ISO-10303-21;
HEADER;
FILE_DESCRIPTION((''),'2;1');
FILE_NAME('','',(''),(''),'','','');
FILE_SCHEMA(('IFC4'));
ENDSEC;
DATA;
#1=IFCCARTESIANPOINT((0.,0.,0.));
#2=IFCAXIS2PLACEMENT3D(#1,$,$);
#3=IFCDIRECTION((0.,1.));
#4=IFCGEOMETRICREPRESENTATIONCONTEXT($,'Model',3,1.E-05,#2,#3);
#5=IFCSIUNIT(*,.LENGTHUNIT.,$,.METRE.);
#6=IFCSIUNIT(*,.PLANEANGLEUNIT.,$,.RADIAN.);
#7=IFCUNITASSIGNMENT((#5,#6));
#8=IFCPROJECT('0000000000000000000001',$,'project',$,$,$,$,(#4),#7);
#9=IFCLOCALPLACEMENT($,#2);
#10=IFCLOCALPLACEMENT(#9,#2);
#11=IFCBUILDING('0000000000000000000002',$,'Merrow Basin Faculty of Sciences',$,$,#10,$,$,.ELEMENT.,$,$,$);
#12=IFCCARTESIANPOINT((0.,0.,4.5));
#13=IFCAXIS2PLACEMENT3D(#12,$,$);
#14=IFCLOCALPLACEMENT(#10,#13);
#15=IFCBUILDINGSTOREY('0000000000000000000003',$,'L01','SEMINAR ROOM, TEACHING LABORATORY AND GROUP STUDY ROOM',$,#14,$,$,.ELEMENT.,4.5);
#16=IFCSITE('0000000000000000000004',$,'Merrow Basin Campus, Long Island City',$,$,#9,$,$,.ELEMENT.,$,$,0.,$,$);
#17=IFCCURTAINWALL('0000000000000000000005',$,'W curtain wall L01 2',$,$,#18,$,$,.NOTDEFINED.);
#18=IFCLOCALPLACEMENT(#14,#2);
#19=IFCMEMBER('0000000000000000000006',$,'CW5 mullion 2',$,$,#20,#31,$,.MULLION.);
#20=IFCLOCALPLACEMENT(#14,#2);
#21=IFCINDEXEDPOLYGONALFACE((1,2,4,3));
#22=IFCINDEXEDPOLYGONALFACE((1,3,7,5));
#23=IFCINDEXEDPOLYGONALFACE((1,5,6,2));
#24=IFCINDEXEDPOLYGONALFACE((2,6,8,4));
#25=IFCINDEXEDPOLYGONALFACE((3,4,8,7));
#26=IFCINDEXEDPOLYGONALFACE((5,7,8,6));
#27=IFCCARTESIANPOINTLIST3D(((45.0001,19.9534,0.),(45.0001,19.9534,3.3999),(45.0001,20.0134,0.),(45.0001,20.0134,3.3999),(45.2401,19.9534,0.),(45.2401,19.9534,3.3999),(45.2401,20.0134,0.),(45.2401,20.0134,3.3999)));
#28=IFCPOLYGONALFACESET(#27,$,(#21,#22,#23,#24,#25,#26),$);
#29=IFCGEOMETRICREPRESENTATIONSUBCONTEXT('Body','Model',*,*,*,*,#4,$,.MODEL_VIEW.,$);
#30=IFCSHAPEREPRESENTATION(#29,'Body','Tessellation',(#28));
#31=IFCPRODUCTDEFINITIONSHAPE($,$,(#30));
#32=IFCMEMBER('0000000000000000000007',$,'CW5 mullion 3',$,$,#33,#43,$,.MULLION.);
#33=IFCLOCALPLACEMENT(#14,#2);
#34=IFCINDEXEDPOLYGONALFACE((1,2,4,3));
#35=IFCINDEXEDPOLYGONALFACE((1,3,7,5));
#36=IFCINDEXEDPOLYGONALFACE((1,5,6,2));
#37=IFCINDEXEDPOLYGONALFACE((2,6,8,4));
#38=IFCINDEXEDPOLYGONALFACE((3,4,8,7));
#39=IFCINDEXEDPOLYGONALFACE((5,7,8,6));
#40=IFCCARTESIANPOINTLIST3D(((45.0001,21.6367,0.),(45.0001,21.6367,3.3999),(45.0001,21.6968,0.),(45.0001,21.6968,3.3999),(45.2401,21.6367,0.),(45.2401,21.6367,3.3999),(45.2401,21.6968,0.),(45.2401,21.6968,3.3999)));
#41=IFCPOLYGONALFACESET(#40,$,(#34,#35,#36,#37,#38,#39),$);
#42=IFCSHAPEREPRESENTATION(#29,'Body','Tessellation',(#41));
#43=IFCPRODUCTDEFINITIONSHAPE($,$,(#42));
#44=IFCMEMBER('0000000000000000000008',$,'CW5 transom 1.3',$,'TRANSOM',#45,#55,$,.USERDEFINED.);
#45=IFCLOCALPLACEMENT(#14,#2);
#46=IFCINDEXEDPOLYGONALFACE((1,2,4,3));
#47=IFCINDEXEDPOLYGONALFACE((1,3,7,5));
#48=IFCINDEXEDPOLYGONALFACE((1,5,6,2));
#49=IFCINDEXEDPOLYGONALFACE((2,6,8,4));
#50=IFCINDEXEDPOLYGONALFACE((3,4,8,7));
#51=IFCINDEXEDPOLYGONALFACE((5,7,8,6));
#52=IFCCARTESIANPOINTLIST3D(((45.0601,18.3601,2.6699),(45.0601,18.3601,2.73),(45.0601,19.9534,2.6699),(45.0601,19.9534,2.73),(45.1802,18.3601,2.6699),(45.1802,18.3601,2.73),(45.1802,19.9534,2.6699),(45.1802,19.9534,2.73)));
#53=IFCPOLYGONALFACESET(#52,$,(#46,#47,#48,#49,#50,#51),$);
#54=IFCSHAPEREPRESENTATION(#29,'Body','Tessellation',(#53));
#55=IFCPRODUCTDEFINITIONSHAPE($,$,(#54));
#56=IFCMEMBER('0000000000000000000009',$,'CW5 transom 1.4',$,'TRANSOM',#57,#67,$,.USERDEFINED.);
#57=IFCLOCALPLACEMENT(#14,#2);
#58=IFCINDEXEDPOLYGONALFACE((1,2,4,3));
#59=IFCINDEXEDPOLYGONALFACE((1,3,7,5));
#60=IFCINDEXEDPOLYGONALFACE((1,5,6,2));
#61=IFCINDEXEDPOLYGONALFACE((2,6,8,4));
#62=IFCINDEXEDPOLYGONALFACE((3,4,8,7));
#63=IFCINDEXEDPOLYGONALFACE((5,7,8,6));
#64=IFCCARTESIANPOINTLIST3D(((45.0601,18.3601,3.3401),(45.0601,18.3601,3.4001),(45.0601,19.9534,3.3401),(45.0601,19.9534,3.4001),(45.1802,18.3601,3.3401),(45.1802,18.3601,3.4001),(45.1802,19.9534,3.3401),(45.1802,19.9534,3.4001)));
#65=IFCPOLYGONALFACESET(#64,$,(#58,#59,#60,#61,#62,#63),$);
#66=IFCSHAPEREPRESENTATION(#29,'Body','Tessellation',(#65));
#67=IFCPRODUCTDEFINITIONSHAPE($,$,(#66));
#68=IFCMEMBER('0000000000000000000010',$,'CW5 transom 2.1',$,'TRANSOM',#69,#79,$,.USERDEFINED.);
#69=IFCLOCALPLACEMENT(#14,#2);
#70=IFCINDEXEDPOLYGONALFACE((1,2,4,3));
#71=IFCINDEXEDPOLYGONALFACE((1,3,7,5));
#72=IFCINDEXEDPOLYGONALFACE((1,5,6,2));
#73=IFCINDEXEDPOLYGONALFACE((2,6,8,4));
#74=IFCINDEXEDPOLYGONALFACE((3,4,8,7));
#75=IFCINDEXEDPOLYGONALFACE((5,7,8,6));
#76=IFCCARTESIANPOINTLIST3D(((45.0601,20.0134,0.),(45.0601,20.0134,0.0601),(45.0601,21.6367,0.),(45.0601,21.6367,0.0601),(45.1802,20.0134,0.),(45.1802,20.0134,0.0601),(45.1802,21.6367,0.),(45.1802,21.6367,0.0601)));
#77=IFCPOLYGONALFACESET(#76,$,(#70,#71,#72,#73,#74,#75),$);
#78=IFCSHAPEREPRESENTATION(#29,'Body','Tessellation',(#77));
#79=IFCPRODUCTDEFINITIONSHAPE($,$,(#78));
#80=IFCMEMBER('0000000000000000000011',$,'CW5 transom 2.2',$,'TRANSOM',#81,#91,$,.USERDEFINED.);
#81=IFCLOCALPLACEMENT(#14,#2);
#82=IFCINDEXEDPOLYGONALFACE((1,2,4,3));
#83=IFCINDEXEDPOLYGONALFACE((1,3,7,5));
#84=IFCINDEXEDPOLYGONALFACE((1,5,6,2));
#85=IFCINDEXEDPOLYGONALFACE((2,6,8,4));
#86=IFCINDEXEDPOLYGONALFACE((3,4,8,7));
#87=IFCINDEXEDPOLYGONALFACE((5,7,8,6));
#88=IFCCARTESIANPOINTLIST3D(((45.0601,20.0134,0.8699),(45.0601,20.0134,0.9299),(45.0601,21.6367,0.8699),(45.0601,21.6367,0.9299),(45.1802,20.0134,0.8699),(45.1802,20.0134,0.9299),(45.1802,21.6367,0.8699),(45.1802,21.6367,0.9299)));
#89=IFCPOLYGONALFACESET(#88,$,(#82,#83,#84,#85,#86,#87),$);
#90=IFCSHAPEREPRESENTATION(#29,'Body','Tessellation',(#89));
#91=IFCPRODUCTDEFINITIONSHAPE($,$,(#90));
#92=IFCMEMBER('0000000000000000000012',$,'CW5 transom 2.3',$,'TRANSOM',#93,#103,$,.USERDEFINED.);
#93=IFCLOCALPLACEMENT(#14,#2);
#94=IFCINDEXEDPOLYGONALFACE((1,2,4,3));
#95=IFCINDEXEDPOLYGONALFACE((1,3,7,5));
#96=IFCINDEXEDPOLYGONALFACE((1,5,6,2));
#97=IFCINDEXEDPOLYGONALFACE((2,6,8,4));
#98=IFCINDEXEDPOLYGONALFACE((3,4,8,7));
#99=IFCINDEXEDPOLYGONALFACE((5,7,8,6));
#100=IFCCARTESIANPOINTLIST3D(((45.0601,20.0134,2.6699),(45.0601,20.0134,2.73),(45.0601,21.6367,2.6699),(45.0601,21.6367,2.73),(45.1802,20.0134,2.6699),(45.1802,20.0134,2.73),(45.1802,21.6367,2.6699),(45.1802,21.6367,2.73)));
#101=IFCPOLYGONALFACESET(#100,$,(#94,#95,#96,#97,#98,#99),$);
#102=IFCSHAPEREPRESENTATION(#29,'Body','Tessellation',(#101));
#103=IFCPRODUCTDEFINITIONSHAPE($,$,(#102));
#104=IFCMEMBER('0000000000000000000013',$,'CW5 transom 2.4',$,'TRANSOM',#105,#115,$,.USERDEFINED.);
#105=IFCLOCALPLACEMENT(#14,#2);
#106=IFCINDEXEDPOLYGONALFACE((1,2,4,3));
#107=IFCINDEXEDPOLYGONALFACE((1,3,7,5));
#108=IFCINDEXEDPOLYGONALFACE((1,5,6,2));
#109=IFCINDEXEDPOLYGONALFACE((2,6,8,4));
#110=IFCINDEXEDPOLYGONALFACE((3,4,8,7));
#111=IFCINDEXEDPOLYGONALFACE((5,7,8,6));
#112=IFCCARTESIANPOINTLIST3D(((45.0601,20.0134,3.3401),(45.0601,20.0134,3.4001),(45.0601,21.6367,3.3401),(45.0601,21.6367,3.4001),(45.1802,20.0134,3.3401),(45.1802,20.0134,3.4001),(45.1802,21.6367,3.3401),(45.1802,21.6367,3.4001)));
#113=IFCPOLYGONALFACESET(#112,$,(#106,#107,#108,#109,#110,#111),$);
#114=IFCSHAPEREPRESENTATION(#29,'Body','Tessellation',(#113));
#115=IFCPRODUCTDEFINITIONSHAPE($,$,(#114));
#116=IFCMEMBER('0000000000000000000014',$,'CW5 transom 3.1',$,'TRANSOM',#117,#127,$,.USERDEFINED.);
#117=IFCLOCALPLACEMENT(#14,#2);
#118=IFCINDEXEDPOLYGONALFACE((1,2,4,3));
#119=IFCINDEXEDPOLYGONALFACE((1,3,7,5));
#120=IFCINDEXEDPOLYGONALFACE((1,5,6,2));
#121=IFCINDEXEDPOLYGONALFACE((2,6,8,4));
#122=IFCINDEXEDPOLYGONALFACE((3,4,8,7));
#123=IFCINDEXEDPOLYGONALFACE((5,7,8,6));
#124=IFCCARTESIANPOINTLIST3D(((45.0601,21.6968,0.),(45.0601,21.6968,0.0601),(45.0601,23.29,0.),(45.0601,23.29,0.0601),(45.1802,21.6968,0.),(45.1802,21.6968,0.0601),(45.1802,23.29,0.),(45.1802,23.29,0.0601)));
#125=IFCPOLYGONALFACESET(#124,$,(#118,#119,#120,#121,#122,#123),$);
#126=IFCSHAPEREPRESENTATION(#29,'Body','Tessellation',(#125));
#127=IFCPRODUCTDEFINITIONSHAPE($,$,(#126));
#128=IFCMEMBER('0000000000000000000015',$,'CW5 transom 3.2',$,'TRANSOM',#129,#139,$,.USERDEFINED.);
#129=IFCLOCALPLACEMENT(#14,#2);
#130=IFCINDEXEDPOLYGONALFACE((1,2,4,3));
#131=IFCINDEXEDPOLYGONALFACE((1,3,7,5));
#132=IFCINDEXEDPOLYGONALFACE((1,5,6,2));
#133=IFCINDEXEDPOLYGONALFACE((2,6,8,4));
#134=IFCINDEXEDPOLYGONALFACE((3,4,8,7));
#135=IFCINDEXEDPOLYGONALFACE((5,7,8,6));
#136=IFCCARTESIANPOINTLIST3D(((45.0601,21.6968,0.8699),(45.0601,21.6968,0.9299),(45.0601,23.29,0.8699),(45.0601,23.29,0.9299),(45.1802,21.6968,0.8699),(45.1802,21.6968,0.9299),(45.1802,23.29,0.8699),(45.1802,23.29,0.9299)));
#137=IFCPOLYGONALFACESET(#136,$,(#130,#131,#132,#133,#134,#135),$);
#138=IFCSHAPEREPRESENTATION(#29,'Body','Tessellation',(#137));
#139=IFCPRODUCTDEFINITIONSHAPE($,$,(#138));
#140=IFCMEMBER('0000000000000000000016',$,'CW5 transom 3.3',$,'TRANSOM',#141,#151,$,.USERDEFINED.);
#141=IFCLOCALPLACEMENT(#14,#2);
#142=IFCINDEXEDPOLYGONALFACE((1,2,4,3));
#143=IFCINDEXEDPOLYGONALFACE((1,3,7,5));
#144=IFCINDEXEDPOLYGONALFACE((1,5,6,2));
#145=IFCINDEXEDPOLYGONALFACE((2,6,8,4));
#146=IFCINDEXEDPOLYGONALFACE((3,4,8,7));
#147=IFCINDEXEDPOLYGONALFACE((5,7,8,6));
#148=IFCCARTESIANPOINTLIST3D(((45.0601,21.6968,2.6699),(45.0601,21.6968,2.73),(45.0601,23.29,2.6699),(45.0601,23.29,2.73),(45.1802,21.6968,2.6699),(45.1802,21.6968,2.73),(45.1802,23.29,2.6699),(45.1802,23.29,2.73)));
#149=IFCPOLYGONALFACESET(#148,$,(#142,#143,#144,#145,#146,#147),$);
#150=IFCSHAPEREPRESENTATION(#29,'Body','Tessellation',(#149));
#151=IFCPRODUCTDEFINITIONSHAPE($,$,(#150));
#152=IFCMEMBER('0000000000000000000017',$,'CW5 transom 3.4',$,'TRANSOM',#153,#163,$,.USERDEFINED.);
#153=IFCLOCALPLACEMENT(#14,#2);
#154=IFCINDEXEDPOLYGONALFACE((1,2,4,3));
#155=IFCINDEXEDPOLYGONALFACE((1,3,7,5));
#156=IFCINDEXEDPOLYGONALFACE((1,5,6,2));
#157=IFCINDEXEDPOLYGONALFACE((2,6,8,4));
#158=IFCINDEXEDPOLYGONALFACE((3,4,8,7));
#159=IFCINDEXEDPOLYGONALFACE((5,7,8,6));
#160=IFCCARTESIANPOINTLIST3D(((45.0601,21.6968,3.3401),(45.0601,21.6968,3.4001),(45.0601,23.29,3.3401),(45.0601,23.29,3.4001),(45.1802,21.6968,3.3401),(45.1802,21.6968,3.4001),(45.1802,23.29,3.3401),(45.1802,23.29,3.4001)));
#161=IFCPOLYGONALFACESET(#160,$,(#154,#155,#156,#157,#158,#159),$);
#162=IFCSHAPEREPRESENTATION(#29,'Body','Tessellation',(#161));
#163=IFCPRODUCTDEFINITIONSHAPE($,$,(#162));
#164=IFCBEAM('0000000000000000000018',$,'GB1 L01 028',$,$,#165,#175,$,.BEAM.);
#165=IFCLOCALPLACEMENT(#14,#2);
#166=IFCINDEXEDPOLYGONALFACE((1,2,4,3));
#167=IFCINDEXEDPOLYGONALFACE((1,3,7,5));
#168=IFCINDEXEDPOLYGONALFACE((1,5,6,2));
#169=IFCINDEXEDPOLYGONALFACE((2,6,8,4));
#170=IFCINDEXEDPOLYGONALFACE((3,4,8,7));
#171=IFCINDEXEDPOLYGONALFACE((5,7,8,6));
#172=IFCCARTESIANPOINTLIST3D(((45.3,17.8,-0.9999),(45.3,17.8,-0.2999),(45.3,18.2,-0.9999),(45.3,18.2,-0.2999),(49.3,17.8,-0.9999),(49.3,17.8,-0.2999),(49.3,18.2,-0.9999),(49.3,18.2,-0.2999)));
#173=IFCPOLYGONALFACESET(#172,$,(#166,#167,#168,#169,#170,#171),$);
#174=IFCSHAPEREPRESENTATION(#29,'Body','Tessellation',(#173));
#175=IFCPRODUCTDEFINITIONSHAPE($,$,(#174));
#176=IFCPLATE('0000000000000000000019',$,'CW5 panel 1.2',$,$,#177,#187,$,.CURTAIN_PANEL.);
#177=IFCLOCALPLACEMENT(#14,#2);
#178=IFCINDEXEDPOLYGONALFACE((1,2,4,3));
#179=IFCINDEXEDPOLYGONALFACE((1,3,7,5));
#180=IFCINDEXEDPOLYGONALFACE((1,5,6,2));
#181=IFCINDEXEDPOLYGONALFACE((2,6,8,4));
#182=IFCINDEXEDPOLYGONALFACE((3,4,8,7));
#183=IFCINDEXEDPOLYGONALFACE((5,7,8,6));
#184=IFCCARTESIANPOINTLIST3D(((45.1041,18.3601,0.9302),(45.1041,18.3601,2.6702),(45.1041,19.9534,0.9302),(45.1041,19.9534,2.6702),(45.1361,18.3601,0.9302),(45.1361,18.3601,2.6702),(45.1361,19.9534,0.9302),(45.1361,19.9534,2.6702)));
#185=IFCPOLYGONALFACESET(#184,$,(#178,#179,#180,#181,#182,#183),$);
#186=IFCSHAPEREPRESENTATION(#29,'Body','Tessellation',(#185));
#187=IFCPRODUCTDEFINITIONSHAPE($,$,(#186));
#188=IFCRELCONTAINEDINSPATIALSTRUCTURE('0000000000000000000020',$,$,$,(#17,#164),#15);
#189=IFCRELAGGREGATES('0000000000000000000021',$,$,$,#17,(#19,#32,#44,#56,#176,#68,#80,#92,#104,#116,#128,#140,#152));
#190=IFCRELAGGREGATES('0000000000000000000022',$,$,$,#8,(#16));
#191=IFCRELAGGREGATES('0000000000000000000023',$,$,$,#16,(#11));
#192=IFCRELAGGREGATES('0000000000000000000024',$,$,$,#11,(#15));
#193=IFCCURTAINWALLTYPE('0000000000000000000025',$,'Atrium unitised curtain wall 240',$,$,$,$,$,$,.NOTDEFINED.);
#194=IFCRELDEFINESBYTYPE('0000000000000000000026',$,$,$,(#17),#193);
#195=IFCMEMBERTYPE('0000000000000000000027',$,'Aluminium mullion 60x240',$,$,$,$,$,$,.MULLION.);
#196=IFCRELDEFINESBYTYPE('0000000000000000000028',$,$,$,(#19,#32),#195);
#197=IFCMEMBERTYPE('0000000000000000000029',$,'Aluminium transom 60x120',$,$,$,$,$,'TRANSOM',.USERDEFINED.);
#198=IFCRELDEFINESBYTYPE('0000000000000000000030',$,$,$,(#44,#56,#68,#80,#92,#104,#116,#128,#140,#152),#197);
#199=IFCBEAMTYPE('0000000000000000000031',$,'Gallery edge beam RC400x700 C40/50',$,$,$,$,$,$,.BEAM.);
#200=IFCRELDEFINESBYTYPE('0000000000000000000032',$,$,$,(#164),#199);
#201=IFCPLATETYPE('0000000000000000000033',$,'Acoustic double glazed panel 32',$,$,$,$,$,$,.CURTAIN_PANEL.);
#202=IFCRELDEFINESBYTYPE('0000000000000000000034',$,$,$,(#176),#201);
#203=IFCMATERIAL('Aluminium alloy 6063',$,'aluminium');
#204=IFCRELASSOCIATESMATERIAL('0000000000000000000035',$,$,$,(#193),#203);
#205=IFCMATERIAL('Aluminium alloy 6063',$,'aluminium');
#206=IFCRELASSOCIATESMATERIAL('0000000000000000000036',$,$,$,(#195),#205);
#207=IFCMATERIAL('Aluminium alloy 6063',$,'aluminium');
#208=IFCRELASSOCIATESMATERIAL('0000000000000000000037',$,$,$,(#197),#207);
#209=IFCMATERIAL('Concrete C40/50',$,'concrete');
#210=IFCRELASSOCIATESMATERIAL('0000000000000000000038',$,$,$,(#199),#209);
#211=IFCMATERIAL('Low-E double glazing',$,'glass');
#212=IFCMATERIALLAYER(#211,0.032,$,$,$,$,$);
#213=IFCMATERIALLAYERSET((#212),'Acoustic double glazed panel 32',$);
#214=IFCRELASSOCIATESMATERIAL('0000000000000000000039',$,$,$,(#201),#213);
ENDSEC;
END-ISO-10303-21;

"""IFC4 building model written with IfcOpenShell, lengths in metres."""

from ifc_helpers import new_model, si_unit, direction, frame, origin, origin_2d, place, context, subcontext, project, spatial, rectangle, extrude, material, layer, layer_set, material_profile, profile_set, type_object, element, aggregate, save


model = new_model("IFC4")

# Units and contexts
model_context = context("Model", 3, precision=1e-05, world=origin(), true_north=direction((0.0, 1.0)))
body_context = subcontext(model_context, "Body", "Model", "MODEL_VIEW")
ifc_project = project(units=[si_unit("LENGTHUNIT", "METRE"), si_unit("PLANEANGLEUNIT", "RADIAN")], contexts=[model_context])

# Site, building, storey
site_placement = place(None, origin())
site = spatial("IfcSite", under=ifc_project, at=site_placement, Name="Merrow Basin Campus, Long Island City", CompositionType="ELEMENT", RefElevation=0.0)
building_placement = place(site_placement, origin())
building = spatial("IfcBuilding", under=site, at=building_placement, Name="Merrow Basin Faculty of Sciences", CompositionType="ELEMENT")
storey_placement = place(building_placement, frame((0.0, 0.0, 4.5)))
storey = spatial("IfcBuildingStorey", under=building, at=storey_placement, Name="L01", Description="SEMINAR ROOM, TEACHING LABORATORY AND GROUP STUDY ROOM", CompositionType="ELEMENT", Elevation=4.5)

# Curtain wall, members
ifc_material_1 = material(Name="Aluminium alloy 6063", Category="aluminium")
curtain_wall_type = type_object("IfcCurtainWallType", Name="Atrium unitised curtain wall 240", PredefinedType="NOTDEFINED", material=ifc_material_1)
curtain_wall_placement = place(storey_placement, origin())
curtain_wall = element("IfcCurtainWall", 1, at=curtain_wall_placement, inside=storey, type_object=curtain_wall_type, Name="W curtain wall L01 2", PredefinedType="NOTDEFINED")
ifc_material_2 = material(Name="Aluminium alloy 6063", Category="aluminium")
ifc_material_profile_1 = material_profile(ifc_material_2, rectangle(XDim=0.24, YDim=0.0601, at=origin_2d()))
ifc_profile_set_1 = profile_set([ifc_material_profile_1], Name="Aluminium alloy 6063")
member_type_1 = type_object("IfcMemberType", Name="Aluminium mullion 60x240", PredefinedType="MULLION", material=ifc_profile_set_1)
member_1_placement = place(storey_placement, frame((45.1201, 19.9834, 0.0), z_axis=(0.0, 0.0, 1.0), x_axis=(-1.0, 0.0, 0.0)))
member_1 = element("IfcMember", 2, at=member_1_placement, type_object=member_type_1, Name="CW5 mullion 2", PredefinedType="MULLION", context=body_context, shape_type="SweptSolid", body=[
    extrude(rectangle(XDim=0.24, YDim=0.0601, at=origin_2d()), origin(), (0.0, 0.0, 1.0), 3.3999),
])
member_2_placement = place(storey_placement, frame((45.1201, 21.6667, 0.0), z_axis=(0.0, 0.0, 1.0), x_axis=(-1.0, 0.0, 0.0)))
member_2 = element("IfcMember", 3, at=member_2_placement, type_object=member_type_1, Name="CW5 mullion 3", PredefinedType="MULLION", context=body_context, shape_type="SweptSolid", body=[
    extrude(rectangle(XDim=0.24, YDim=0.0601, at=origin_2d()), origin(), (0.0, 0.0, 1.0), 3.3999),
])
ifc_material_3 = material(Name="Aluminium alloy 6063", Category="aluminium")
ifc_material_profile_2 = material_profile(ifc_material_3, rectangle(XDim=0.1201, YDim=0.0601, at=origin_2d()))
ifc_profile_set_2 = profile_set([ifc_material_profile_2], Name="Aluminium alloy 6063")
member_type_2 = type_object("IfcMemberType", Name="Aluminium transom 60x120", ElementType="TRANSOM", PredefinedType="USERDEFINED", material=ifc_profile_set_2)
member_3_placement = place(storey_placement, frame((45.1201, 18.3601, 2.7), z_axis=(0.0, 1.0, 0.0), x_axis=(-1.0, 0.0, 0.0)))
member_3 = element("IfcMember", 4, at=member_3_placement, type_object=member_type_2, Name="CW5 transom 1.3", ObjectType="TRANSOM", PredefinedType="USERDEFINED", context=body_context, shape_type="SweptSolid", body=[
    extrude(rectangle(XDim=0.1201, YDim=0.0601, at=origin_2d()), origin(), (0.0, 0.0, 1.0), 1.5933),
])
member_4_placement = place(storey_placement, frame((45.1201, 18.3601, 3.3701), z_axis=(0.0, 1.0, 0.0), x_axis=(-1.0, 0.0, 0.0)))
member_4 = element("IfcMember", 5, at=member_4_placement, type_object=member_type_2, Name="CW5 transom 1.4", ObjectType="TRANSOM", PredefinedType="USERDEFINED", context=body_context, shape_type="SweptSolid", body=[
    extrude(rectangle(XDim=0.1201, YDim=0.0601, at=origin_2d()), origin(), (0.0, 0.0, 1.0), 1.5933),
])
member_5_placement = place(storey_placement, frame((45.1201, 20.0134, 0.03), z_axis=(0.0, 1.0, 0.0), x_axis=(-1.0, 0.0, 0.0)))
member_5 = element("IfcMember", 6, at=member_5_placement, type_object=member_type_2, Name="CW5 transom 2.1", ObjectType="TRANSOM", PredefinedType="USERDEFINED", context=body_context, shape_type="SweptSolid", body=[
    extrude(rectangle(XDim=0.1201, YDim=0.0601, at=origin_2d()), origin(), (0.0, 0.0, 1.0), 1.6233),
])
member_6_placement = place(storey_placement, frame((45.1201, 20.0134, 0.8999), z_axis=(0.0, 1.0, 0.0), x_axis=(-1.0, 0.0, 0.0)))
member_6 = element("IfcMember", 7, at=member_6_placement, type_object=member_type_2, Name="CW5 transom 2.2", ObjectType="TRANSOM", PredefinedType="USERDEFINED", context=body_context, shape_type="SweptSolid", body=[
    extrude(rectangle(XDim=0.1201, YDim=0.0601, at=origin_2d()), origin(), (0.0, 0.0, 1.0), 1.6233),
])
member_7_placement = place(storey_placement, frame((45.1201, 20.0134, 2.7), z_axis=(0.0, 1.0, 0.0), x_axis=(-1.0, 0.0, 0.0)))
member_7 = element("IfcMember", 8, at=member_7_placement, type_object=member_type_2, Name="CW5 transom 2.3", ObjectType="TRANSOM", PredefinedType="USERDEFINED", context=body_context, shape_type="SweptSolid", body=[
    extrude(rectangle(XDim=0.1201, YDim=0.0601, at=origin_2d()), origin(), (0.0, 0.0, 1.0), 1.6233),
])
member_8_placement = place(storey_placement, frame((45.1201, 20.0134, 3.3701), z_axis=(0.0, 1.0, 0.0), x_axis=(-1.0, 0.0, 0.0)))
member_8 = element("IfcMember", 9, at=member_8_placement, type_object=member_type_2, Name="CW5 transom 2.4", ObjectType="TRANSOM", PredefinedType="USERDEFINED", context=body_context, shape_type="SweptSolid", body=[
    extrude(rectangle(XDim=0.1201, YDim=0.0601, at=origin_2d()), origin(), (0.0, 0.0, 1.0), 1.6233),
])
member_9_placement = place(storey_placement, frame((45.1201, 21.6968, 0.03), z_axis=(0.0, 1.0, 0.0), x_axis=(-1.0, 0.0, 0.0)))
member_9 = element("IfcMember", 10, at=member_9_placement, type_object=member_type_2, Name="CW5 transom 3.1", ObjectType="TRANSOM", PredefinedType="USERDEFINED", context=body_context, shape_type="SweptSolid", body=[
    extrude(rectangle(XDim=0.1201, YDim=0.0601, at=origin_2d()), origin(), (0.0, 0.0, 1.0), 1.5933),
])
member_10_placement = place(storey_placement, frame((45.1201, 21.6968, 0.8999), z_axis=(0.0, 1.0, 0.0), x_axis=(-1.0, 0.0, 0.0)))
member_10 = element("IfcMember", 11, at=member_10_placement, type_object=member_type_2, Name="CW5 transom 3.2", ObjectType="TRANSOM", PredefinedType="USERDEFINED", context=body_context, shape_type="SweptSolid", body=[
    extrude(rectangle(XDim=0.1201, YDim=0.0601, at=origin_2d()), origin(), (0.0, 0.0, 1.0), 1.5933),
])
member_11_placement = place(storey_placement, frame((45.1201, 21.6968, 2.7), z_axis=(0.0, 1.0, 0.0), x_axis=(-1.0, 0.0, 0.0)))
member_11 = element("IfcMember", 12, at=member_11_placement, type_object=member_type_2, Name="CW5 transom 3.3", ObjectType="TRANSOM", PredefinedType="USERDEFINED", context=body_context, shape_type="SweptSolid", body=[
    extrude(rectangle(XDim=0.1201, YDim=0.0601, at=origin_2d()), origin(), (0.0, 0.0, 1.0), 1.5933),
])
member_12_placement = place(storey_placement, frame((45.1201, 21.6968, 3.3701), z_axis=(0.0, 1.0, 0.0), x_axis=(-1.0, 0.0, 0.0)))
member_12 = element("IfcMember", 13, at=member_12_placement, type_object=member_type_2, Name="CW5 transom 3.4", ObjectType="TRANSOM", PredefinedType="USERDEFINED", context=body_context, shape_type="SweptSolid", body=[
    extrude(rectangle(XDim=0.1201, YDim=0.0601, at=origin_2d()), origin(), (0.0, 0.0, 1.0), 1.5933),
])

# Beam
ifc_material_4 = material(Name="Concrete C40/50", Category="concrete")
ifc_material_profile_3 = material_profile(ifc_material_4, rectangle(XDim=0.3999, YDim=0.7, at=origin_2d()))
ifc_profile_set_3 = profile_set([ifc_material_profile_3], Name="Concrete C40/50")
beam_type = type_object("IfcBeamType", Name="Gallery edge beam RC400x700 C40/50", PredefinedType="BEAM", material=ifc_profile_set_3)
beam_placement = place(storey_placement, frame((45.3, 18.0, -0.6499), z_axis=(1.0, 0.0, 0.0), x_axis=(0.0, 1.0, 0.0)))
element("IfcBeam", 14, at=beam_placement, inside=storey, type_object=beam_type, Name="GB1 L01 028", PredefinedType="BEAM", context=body_context, shape_type="SweptSolid", body=[
    extrude(rectangle(XDim=0.3999, YDim=0.7, at=origin_2d()), origin(), (0.0, 0.0, 1.0), 4.0),
])

# Plate
ifc_material_5 = material(Name="Low-E double glazing", Category="glass")
ifc_layer_1 = layer(ifc_material_5, 0.032)
ifc_layer_set_1 = layer_set([ifc_layer_1], Name="Acoustic double glazed panel 32")
plate_type_1 = type_object("IfcPlateType", Name="Acoustic double glazed panel 32", PredefinedType="CURTAIN_PANEL", material=ifc_layer_set_1)
plate_1_placement = place(storey_placement, frame((45.1201, 19.1567, 0.9302), z_axis=(0.0, 0.0, 1.0), x_axis=(0.0, 1.0, 0.0)))
plate_1 = element("IfcPlate", 15, at=plate_1_placement, type_object=plate_type_1, Name="CW5 panel 1.2", PredefinedType="CURTAIN_PANEL", context=body_context, shape_type="SweptSolid", body=[
    extrude(rectangle(XDim=1.5933, YDim=0.032, at=origin_2d()), origin(), (0.0, 0.0, 1.0), 1.74),
])
aggregate(curtain_wall, [member_1, member_2, member_3, member_4, plate_1, member_5, member_6, member_7, member_8, member_9, member_10, member_11, member_12])

save(model, "model.ifc")
